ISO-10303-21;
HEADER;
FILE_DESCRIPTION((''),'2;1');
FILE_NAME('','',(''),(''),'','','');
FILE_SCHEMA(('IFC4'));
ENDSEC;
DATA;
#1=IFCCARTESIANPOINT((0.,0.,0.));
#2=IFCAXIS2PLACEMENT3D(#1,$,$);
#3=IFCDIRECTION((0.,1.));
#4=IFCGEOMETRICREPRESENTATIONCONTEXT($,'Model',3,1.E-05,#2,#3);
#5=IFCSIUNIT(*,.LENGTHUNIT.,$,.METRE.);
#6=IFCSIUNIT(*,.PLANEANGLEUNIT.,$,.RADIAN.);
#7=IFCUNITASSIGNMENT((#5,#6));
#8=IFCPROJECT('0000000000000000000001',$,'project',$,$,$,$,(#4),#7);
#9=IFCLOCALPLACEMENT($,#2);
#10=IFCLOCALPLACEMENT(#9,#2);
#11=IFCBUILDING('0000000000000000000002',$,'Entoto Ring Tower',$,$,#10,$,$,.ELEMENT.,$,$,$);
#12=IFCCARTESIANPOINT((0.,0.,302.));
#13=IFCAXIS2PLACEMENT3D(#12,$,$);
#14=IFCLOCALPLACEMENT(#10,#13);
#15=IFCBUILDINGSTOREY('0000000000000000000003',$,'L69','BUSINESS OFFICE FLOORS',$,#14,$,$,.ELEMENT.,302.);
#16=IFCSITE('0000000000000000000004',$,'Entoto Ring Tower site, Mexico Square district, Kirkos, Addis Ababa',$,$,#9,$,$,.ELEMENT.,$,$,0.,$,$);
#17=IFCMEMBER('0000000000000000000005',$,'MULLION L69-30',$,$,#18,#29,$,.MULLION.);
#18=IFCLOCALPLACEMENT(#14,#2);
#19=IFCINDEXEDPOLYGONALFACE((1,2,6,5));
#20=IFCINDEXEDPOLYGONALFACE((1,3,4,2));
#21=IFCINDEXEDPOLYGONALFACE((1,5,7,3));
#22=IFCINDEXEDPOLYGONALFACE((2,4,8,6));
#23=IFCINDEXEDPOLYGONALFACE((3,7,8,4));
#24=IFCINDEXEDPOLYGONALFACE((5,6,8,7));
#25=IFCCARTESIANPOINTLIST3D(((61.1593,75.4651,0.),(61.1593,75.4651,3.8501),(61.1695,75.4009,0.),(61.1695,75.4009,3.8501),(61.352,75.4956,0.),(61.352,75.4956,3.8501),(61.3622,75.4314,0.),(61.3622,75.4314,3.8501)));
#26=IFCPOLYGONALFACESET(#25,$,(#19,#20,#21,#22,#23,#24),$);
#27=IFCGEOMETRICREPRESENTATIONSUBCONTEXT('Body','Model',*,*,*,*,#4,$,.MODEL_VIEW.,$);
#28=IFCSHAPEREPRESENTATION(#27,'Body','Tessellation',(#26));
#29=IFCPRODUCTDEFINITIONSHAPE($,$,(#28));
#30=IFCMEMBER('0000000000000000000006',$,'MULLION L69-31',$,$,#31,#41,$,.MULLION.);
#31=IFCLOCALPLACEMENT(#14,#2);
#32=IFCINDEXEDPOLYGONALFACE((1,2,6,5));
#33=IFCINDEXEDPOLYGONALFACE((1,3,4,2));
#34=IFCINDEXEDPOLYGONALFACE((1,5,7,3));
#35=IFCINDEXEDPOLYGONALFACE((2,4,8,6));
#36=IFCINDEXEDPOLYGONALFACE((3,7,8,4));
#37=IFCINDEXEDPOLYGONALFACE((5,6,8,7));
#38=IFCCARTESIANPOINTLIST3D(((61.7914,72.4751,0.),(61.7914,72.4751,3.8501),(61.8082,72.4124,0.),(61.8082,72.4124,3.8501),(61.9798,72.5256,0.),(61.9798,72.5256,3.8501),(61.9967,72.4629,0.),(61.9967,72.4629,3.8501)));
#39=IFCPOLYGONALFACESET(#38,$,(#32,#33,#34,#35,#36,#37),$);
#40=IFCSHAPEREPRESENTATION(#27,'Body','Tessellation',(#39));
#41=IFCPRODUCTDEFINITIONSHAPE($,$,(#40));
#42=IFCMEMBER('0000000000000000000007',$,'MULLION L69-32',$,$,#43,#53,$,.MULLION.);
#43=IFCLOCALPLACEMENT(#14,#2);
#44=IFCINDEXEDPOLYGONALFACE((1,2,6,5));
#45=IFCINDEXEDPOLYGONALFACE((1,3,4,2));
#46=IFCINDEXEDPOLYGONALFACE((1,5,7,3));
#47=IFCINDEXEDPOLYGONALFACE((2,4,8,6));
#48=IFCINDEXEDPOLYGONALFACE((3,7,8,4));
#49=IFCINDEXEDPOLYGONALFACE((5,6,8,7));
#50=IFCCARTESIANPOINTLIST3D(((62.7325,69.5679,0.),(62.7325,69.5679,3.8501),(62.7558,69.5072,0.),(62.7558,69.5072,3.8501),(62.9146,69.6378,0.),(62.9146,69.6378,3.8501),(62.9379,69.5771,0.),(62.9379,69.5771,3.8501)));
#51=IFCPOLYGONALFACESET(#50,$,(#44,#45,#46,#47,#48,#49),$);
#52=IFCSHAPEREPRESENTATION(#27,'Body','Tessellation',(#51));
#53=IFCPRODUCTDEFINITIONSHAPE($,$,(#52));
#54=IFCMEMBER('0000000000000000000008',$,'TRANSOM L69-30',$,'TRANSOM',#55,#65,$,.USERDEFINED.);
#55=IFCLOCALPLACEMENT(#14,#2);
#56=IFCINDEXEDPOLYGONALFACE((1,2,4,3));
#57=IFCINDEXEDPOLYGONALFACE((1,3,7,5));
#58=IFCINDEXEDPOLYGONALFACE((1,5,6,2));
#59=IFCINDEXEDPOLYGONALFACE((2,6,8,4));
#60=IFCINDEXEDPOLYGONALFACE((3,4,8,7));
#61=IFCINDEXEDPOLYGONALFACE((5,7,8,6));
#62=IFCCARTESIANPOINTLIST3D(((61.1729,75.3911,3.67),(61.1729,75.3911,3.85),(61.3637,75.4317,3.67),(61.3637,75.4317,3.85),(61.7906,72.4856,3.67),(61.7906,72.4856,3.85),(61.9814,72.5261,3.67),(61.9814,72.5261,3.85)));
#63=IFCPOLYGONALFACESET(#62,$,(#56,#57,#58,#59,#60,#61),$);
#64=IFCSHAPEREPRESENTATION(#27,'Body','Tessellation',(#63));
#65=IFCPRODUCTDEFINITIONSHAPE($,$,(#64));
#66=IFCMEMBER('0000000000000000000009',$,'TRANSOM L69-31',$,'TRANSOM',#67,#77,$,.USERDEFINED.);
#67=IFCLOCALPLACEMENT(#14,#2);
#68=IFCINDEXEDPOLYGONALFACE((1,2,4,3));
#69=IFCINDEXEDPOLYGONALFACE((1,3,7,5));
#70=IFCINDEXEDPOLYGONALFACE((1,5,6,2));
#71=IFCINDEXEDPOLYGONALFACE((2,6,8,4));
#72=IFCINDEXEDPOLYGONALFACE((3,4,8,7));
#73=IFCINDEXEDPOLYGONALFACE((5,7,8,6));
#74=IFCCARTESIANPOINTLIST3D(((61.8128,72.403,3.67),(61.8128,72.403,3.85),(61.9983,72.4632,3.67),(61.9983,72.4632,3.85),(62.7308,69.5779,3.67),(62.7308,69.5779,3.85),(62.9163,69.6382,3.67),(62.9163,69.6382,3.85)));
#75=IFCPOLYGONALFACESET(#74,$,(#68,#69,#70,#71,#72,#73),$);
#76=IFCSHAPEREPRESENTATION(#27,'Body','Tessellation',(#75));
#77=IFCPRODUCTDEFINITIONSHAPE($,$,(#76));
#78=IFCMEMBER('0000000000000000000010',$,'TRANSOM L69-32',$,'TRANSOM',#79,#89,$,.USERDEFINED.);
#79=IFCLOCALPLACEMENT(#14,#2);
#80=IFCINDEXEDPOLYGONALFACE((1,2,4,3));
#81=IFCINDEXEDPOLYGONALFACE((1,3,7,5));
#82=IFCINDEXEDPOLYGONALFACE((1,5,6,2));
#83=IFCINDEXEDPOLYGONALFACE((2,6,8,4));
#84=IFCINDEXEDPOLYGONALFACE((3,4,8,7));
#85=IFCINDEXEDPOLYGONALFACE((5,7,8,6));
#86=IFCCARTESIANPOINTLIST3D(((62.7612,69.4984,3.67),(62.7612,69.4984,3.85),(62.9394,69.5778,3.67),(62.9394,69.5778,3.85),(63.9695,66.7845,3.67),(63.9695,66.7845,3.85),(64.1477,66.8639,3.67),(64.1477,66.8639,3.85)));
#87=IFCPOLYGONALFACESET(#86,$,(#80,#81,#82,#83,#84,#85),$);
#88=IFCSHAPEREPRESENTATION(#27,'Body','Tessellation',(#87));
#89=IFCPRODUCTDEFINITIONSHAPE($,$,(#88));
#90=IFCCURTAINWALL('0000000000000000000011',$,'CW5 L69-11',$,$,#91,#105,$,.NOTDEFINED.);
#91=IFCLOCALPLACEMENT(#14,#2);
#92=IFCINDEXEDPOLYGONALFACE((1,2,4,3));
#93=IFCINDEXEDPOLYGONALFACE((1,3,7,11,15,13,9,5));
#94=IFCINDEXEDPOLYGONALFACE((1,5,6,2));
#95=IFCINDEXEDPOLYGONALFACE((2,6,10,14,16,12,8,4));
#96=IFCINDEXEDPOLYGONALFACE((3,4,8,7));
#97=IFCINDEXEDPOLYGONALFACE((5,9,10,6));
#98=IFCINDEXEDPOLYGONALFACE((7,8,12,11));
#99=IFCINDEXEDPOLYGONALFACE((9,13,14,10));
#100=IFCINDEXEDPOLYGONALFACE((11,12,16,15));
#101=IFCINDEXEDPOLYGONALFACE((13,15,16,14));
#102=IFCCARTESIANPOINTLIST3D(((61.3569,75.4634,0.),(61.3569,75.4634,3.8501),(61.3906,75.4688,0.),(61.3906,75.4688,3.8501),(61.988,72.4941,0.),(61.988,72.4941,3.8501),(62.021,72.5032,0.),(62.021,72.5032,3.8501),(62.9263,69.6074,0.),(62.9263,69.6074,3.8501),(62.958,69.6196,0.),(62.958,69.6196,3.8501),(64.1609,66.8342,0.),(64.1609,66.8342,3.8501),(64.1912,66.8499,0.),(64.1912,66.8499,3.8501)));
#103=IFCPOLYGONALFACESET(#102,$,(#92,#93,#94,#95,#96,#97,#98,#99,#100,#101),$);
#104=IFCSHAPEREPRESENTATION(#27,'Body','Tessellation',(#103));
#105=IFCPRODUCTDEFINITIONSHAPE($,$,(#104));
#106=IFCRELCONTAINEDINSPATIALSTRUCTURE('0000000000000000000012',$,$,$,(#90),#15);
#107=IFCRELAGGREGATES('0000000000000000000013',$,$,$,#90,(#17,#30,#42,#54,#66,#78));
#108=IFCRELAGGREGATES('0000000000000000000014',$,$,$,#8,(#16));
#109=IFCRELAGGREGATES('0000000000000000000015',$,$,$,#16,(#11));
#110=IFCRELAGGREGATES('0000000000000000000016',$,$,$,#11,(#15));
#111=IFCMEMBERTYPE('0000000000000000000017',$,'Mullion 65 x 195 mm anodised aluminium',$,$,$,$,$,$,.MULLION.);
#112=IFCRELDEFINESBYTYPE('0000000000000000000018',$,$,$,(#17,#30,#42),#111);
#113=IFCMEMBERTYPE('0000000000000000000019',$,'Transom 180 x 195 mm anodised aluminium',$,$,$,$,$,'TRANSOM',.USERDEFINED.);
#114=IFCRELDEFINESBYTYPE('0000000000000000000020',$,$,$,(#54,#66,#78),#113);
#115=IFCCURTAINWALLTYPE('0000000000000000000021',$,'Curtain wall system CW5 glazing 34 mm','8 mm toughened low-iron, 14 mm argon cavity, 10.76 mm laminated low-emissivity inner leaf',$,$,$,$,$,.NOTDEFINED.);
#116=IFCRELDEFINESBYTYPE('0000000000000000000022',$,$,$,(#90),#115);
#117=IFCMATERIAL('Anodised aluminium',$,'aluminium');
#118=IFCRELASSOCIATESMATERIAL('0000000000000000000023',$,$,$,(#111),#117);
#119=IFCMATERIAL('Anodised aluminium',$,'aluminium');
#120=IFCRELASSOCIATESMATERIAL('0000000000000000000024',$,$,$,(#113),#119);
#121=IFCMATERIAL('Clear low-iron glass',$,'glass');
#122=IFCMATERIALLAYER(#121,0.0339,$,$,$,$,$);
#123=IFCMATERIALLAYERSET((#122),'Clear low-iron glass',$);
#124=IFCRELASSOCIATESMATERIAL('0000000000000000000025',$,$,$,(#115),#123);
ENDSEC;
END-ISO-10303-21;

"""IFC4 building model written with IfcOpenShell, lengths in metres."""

from ifc_helpers import new_model, si_unit, direction, frame, origin, origin_2d, place, context, subcontext, project, spatial, polyline, rectangle, outline, extrude, material, layer, layer_set, material_profile, profile_set, type_object, element, aggregate, save


model = new_model("IFC4")

# Units and contexts
model_context = context("Model", 3, precision=1e-05, world=origin(), true_north=direction((0.0, 1.0)))
body_context = subcontext(model_context, "Body", "Model", "MODEL_VIEW")
ifc_project = project(units=[si_unit("LENGTHUNIT", "METRE"), si_unit("PLANEANGLEUNIT", "RADIAN")], contexts=[model_context])

# Members
ifc_material_1 = material(Name="Anodised aluminium", Category="aluminium")
ifc_material_profile_1 = material_profile(ifc_material_1, rectangle(XDim=0.0649, YDim=0.1951, at=origin_2d()), Name="Mullion 65 x 195 mm anodised aluminium")
ifc_profile_set_1 = profile_set([ifc_material_profile_1], Name="Anodised aluminium")
member_type_1 = type_object("IfcMemberType", Name="Mullion 65 x 195 mm anodised aluminium", PredefinedType="MULLION", material=ifc_profile_set_1)
site_placement = place(None, origin())
building_placement = place(site_placement, origin())
storey_placement = place(building_placement, frame((0.0, 0.0, 302.0)))
member_1_placement = place(storey_placement, frame((61.2607, 75.4482, 0.0), z_axis=(0.0, 0.0, 1.0), x_axis=(0.156434, -0.987688, 0.0)))
member_1 = element("IfcMember", 1, at=member_1_placement, type_object=member_type_1, Name="MULLION L69-30", PredefinedType="MULLION", context=body_context, shape_type="SweptSolid", body=[
    extrude(rectangle(XDim=0.0649, YDim=0.1951, at=origin_2d()), origin(), (0.0, 0.0, 1.0), 3.8501),
])
member_2_placement = place(storey_placement, frame((61.894, 72.469, 0.0), z_axis=(0.0, 0.0, 1.0), x_axis=(0.258819, -0.965926, 0.0)))
member_2 = element("IfcMember", 2, at=member_2_placement, type_object=member_type_1, Name="MULLION L69-31", PredefinedType="MULLION", context=body_context, shape_type="SweptSolid", body=[
    extrude(rectangle(XDim=0.0649, YDim=0.1951, at=origin_2d()), origin(), (0.0, 0.0, 1.0), 3.8501),
])
member_3_placement = place(storey_placement, frame((62.8352, 69.5725, 0.0), z_axis=(0.0, 0.0, 1.0), x_axis=(0.358368, -0.93358, 0.0)))
member_3 = element("IfcMember", 3, at=member_3_placement, type_object=member_type_1, Name="MULLION L69-32", PredefinedType="MULLION", context=body_context, shape_type="SweptSolid", body=[
    extrude(rectangle(XDim=0.0649, YDim=0.1951, at=origin_2d()), origin(), (0.0, 0.0, 1.0), 3.8501),
])
ifc_material_2 = material(Name="Anodised aluminium", Category="aluminium")
ifc_material_profile_2 = material_profile(ifc_material_2, rectangle(XDim=0.1951, YDim=0.1799, at=origin_2d()), Name="Transom 180 x 195 mm anodised aluminium")
ifc_profile_set_2 = profile_set([ifc_material_profile_2], Name="Anodised aluminium")
member_type_2 = type_object("IfcMemberType", Name="Transom 180 x 195 mm anodised aluminium", ElementType="TRANSOM", PredefinedType="USERDEFINED", material=ifc_profile_set_2)
member_4_placement = place(storey_placement, frame((61.2683, 75.4114, 3.76), z_axis=(0.20794, -0.978142, 0.0), x_axis=(0.978142, 0.20794, 0.0)))
member_4 = element("IfcMember", 4, at=member_4_placement, type_object=member_type_2, Name="TRANSOM L69-30", ObjectType="TRANSOM", PredefinedType="USERDEFINED", context=body_context, shape_type="SweptSolid", body=[
    extrude(rectangle(XDim=0.1951, YDim=0.1799, at=origin_2d()), origin(), (0.0, 0.0, 1.0), 2.9705),
])
member_5_placement = place(storey_placement, frame((61.9055, 72.4331, 3.76), z_axis=(0.309043, -0.951048, 0.0), x_axis=(0.951048, 0.309043, 0.0)))
member_5 = element("IfcMember", 5, at=member_5_placement, type_object=member_type_2, Name="TRANSOM L69-31", ObjectType="TRANSOM", PredefinedType="USERDEFINED", context=body_context, shape_type="SweptSolid", body=[
    extrude(rectangle(XDim=0.1951, YDim=0.1799, at=origin_2d()), origin(), (0.0, 0.0, 1.0), 2.9705),
])
member_6_placement = place(storey_placement, frame((62.8503, 69.5381, 3.76), z_axis=(0.406726, -0.91355, 0.0), x_axis=(0.91355, 0.406726, 0.0)))
member_6 = element("IfcMember", 6, at=member_6_placement, type_object=member_type_2, Name="TRANSOM L69-32", ObjectType="TRANSOM", PredefinedType="USERDEFINED", context=body_context, shape_type="SweptSolid", body=[
    extrude(rectangle(XDim=0.1951, YDim=0.1799, at=origin_2d()), origin(), (0.0, 0.0, 1.0), 2.9707),
])

# Site, building, storey
site = spatial("IfcSite", under=ifc_project, at=site_placement, Name="Entoto Ring Tower site, Mexico Square district, Kirkos, Addis Ababa", CompositionType="ELEMENT", RefElevation=0.0)
building = spatial("IfcBuilding", under=site, at=building_placement, Name="Entoto Ring Tower", CompositionType="ELEMENT")
storey = spatial("IfcBuildingStorey", under=building, at=storey_placement, Name="L69", Description="BUSINESS OFFICE FLOORS", CompositionType="ELEMENT", Elevation=302.0)

# Curtain wall
ifc_material_3 = material(Name="Clear low-iron glass", Category="glass")
ifc_layer = layer(ifc_material_3, 0.0339)
ifc_layer_set = layer_set([ifc_layer], Name="Clear low-iron glass")
curtain_wall_type = type_object("IfcCurtainWallType", Name="Curtain wall system CW5 glazing 34 mm", Description="8 mm toughened low-iron, 14 mm argon cavity, 10.76 mm laminated low-emissivity inner leaf", PredefinedType="NOTDEFINED", material=ifc_layer_set)
curtain_wall_1_placement = place(storey_placement, origin())
curtain_wall_1 = element("IfcCurtainWall", 7, at=curtain_wall_1_placement, inside=storey, type_object=curtain_wall_type, Name="CW5 L69-11", PredefinedType="NOTDEFINED", context=body_context, shape_type="SweptSolid", body=[
    extrude(outline(polyline([(61.3569, 75.4634), (61.988, 72.4941), (62.9263, 69.6074), (64.1609, 66.8342), (64.1912, 66.8499), (62.958, 69.6196), (62.021, 72.5032), (61.3906, 75.4688), (61.3569, 75.4634)])), origin(), (0.0, 0.0, 1.0), 3.8501),
])
aggregate(curtain_wall_1, [member_1, member_2, member_3, member_4, member_5, member_6])

save(model, "model.ifc")
